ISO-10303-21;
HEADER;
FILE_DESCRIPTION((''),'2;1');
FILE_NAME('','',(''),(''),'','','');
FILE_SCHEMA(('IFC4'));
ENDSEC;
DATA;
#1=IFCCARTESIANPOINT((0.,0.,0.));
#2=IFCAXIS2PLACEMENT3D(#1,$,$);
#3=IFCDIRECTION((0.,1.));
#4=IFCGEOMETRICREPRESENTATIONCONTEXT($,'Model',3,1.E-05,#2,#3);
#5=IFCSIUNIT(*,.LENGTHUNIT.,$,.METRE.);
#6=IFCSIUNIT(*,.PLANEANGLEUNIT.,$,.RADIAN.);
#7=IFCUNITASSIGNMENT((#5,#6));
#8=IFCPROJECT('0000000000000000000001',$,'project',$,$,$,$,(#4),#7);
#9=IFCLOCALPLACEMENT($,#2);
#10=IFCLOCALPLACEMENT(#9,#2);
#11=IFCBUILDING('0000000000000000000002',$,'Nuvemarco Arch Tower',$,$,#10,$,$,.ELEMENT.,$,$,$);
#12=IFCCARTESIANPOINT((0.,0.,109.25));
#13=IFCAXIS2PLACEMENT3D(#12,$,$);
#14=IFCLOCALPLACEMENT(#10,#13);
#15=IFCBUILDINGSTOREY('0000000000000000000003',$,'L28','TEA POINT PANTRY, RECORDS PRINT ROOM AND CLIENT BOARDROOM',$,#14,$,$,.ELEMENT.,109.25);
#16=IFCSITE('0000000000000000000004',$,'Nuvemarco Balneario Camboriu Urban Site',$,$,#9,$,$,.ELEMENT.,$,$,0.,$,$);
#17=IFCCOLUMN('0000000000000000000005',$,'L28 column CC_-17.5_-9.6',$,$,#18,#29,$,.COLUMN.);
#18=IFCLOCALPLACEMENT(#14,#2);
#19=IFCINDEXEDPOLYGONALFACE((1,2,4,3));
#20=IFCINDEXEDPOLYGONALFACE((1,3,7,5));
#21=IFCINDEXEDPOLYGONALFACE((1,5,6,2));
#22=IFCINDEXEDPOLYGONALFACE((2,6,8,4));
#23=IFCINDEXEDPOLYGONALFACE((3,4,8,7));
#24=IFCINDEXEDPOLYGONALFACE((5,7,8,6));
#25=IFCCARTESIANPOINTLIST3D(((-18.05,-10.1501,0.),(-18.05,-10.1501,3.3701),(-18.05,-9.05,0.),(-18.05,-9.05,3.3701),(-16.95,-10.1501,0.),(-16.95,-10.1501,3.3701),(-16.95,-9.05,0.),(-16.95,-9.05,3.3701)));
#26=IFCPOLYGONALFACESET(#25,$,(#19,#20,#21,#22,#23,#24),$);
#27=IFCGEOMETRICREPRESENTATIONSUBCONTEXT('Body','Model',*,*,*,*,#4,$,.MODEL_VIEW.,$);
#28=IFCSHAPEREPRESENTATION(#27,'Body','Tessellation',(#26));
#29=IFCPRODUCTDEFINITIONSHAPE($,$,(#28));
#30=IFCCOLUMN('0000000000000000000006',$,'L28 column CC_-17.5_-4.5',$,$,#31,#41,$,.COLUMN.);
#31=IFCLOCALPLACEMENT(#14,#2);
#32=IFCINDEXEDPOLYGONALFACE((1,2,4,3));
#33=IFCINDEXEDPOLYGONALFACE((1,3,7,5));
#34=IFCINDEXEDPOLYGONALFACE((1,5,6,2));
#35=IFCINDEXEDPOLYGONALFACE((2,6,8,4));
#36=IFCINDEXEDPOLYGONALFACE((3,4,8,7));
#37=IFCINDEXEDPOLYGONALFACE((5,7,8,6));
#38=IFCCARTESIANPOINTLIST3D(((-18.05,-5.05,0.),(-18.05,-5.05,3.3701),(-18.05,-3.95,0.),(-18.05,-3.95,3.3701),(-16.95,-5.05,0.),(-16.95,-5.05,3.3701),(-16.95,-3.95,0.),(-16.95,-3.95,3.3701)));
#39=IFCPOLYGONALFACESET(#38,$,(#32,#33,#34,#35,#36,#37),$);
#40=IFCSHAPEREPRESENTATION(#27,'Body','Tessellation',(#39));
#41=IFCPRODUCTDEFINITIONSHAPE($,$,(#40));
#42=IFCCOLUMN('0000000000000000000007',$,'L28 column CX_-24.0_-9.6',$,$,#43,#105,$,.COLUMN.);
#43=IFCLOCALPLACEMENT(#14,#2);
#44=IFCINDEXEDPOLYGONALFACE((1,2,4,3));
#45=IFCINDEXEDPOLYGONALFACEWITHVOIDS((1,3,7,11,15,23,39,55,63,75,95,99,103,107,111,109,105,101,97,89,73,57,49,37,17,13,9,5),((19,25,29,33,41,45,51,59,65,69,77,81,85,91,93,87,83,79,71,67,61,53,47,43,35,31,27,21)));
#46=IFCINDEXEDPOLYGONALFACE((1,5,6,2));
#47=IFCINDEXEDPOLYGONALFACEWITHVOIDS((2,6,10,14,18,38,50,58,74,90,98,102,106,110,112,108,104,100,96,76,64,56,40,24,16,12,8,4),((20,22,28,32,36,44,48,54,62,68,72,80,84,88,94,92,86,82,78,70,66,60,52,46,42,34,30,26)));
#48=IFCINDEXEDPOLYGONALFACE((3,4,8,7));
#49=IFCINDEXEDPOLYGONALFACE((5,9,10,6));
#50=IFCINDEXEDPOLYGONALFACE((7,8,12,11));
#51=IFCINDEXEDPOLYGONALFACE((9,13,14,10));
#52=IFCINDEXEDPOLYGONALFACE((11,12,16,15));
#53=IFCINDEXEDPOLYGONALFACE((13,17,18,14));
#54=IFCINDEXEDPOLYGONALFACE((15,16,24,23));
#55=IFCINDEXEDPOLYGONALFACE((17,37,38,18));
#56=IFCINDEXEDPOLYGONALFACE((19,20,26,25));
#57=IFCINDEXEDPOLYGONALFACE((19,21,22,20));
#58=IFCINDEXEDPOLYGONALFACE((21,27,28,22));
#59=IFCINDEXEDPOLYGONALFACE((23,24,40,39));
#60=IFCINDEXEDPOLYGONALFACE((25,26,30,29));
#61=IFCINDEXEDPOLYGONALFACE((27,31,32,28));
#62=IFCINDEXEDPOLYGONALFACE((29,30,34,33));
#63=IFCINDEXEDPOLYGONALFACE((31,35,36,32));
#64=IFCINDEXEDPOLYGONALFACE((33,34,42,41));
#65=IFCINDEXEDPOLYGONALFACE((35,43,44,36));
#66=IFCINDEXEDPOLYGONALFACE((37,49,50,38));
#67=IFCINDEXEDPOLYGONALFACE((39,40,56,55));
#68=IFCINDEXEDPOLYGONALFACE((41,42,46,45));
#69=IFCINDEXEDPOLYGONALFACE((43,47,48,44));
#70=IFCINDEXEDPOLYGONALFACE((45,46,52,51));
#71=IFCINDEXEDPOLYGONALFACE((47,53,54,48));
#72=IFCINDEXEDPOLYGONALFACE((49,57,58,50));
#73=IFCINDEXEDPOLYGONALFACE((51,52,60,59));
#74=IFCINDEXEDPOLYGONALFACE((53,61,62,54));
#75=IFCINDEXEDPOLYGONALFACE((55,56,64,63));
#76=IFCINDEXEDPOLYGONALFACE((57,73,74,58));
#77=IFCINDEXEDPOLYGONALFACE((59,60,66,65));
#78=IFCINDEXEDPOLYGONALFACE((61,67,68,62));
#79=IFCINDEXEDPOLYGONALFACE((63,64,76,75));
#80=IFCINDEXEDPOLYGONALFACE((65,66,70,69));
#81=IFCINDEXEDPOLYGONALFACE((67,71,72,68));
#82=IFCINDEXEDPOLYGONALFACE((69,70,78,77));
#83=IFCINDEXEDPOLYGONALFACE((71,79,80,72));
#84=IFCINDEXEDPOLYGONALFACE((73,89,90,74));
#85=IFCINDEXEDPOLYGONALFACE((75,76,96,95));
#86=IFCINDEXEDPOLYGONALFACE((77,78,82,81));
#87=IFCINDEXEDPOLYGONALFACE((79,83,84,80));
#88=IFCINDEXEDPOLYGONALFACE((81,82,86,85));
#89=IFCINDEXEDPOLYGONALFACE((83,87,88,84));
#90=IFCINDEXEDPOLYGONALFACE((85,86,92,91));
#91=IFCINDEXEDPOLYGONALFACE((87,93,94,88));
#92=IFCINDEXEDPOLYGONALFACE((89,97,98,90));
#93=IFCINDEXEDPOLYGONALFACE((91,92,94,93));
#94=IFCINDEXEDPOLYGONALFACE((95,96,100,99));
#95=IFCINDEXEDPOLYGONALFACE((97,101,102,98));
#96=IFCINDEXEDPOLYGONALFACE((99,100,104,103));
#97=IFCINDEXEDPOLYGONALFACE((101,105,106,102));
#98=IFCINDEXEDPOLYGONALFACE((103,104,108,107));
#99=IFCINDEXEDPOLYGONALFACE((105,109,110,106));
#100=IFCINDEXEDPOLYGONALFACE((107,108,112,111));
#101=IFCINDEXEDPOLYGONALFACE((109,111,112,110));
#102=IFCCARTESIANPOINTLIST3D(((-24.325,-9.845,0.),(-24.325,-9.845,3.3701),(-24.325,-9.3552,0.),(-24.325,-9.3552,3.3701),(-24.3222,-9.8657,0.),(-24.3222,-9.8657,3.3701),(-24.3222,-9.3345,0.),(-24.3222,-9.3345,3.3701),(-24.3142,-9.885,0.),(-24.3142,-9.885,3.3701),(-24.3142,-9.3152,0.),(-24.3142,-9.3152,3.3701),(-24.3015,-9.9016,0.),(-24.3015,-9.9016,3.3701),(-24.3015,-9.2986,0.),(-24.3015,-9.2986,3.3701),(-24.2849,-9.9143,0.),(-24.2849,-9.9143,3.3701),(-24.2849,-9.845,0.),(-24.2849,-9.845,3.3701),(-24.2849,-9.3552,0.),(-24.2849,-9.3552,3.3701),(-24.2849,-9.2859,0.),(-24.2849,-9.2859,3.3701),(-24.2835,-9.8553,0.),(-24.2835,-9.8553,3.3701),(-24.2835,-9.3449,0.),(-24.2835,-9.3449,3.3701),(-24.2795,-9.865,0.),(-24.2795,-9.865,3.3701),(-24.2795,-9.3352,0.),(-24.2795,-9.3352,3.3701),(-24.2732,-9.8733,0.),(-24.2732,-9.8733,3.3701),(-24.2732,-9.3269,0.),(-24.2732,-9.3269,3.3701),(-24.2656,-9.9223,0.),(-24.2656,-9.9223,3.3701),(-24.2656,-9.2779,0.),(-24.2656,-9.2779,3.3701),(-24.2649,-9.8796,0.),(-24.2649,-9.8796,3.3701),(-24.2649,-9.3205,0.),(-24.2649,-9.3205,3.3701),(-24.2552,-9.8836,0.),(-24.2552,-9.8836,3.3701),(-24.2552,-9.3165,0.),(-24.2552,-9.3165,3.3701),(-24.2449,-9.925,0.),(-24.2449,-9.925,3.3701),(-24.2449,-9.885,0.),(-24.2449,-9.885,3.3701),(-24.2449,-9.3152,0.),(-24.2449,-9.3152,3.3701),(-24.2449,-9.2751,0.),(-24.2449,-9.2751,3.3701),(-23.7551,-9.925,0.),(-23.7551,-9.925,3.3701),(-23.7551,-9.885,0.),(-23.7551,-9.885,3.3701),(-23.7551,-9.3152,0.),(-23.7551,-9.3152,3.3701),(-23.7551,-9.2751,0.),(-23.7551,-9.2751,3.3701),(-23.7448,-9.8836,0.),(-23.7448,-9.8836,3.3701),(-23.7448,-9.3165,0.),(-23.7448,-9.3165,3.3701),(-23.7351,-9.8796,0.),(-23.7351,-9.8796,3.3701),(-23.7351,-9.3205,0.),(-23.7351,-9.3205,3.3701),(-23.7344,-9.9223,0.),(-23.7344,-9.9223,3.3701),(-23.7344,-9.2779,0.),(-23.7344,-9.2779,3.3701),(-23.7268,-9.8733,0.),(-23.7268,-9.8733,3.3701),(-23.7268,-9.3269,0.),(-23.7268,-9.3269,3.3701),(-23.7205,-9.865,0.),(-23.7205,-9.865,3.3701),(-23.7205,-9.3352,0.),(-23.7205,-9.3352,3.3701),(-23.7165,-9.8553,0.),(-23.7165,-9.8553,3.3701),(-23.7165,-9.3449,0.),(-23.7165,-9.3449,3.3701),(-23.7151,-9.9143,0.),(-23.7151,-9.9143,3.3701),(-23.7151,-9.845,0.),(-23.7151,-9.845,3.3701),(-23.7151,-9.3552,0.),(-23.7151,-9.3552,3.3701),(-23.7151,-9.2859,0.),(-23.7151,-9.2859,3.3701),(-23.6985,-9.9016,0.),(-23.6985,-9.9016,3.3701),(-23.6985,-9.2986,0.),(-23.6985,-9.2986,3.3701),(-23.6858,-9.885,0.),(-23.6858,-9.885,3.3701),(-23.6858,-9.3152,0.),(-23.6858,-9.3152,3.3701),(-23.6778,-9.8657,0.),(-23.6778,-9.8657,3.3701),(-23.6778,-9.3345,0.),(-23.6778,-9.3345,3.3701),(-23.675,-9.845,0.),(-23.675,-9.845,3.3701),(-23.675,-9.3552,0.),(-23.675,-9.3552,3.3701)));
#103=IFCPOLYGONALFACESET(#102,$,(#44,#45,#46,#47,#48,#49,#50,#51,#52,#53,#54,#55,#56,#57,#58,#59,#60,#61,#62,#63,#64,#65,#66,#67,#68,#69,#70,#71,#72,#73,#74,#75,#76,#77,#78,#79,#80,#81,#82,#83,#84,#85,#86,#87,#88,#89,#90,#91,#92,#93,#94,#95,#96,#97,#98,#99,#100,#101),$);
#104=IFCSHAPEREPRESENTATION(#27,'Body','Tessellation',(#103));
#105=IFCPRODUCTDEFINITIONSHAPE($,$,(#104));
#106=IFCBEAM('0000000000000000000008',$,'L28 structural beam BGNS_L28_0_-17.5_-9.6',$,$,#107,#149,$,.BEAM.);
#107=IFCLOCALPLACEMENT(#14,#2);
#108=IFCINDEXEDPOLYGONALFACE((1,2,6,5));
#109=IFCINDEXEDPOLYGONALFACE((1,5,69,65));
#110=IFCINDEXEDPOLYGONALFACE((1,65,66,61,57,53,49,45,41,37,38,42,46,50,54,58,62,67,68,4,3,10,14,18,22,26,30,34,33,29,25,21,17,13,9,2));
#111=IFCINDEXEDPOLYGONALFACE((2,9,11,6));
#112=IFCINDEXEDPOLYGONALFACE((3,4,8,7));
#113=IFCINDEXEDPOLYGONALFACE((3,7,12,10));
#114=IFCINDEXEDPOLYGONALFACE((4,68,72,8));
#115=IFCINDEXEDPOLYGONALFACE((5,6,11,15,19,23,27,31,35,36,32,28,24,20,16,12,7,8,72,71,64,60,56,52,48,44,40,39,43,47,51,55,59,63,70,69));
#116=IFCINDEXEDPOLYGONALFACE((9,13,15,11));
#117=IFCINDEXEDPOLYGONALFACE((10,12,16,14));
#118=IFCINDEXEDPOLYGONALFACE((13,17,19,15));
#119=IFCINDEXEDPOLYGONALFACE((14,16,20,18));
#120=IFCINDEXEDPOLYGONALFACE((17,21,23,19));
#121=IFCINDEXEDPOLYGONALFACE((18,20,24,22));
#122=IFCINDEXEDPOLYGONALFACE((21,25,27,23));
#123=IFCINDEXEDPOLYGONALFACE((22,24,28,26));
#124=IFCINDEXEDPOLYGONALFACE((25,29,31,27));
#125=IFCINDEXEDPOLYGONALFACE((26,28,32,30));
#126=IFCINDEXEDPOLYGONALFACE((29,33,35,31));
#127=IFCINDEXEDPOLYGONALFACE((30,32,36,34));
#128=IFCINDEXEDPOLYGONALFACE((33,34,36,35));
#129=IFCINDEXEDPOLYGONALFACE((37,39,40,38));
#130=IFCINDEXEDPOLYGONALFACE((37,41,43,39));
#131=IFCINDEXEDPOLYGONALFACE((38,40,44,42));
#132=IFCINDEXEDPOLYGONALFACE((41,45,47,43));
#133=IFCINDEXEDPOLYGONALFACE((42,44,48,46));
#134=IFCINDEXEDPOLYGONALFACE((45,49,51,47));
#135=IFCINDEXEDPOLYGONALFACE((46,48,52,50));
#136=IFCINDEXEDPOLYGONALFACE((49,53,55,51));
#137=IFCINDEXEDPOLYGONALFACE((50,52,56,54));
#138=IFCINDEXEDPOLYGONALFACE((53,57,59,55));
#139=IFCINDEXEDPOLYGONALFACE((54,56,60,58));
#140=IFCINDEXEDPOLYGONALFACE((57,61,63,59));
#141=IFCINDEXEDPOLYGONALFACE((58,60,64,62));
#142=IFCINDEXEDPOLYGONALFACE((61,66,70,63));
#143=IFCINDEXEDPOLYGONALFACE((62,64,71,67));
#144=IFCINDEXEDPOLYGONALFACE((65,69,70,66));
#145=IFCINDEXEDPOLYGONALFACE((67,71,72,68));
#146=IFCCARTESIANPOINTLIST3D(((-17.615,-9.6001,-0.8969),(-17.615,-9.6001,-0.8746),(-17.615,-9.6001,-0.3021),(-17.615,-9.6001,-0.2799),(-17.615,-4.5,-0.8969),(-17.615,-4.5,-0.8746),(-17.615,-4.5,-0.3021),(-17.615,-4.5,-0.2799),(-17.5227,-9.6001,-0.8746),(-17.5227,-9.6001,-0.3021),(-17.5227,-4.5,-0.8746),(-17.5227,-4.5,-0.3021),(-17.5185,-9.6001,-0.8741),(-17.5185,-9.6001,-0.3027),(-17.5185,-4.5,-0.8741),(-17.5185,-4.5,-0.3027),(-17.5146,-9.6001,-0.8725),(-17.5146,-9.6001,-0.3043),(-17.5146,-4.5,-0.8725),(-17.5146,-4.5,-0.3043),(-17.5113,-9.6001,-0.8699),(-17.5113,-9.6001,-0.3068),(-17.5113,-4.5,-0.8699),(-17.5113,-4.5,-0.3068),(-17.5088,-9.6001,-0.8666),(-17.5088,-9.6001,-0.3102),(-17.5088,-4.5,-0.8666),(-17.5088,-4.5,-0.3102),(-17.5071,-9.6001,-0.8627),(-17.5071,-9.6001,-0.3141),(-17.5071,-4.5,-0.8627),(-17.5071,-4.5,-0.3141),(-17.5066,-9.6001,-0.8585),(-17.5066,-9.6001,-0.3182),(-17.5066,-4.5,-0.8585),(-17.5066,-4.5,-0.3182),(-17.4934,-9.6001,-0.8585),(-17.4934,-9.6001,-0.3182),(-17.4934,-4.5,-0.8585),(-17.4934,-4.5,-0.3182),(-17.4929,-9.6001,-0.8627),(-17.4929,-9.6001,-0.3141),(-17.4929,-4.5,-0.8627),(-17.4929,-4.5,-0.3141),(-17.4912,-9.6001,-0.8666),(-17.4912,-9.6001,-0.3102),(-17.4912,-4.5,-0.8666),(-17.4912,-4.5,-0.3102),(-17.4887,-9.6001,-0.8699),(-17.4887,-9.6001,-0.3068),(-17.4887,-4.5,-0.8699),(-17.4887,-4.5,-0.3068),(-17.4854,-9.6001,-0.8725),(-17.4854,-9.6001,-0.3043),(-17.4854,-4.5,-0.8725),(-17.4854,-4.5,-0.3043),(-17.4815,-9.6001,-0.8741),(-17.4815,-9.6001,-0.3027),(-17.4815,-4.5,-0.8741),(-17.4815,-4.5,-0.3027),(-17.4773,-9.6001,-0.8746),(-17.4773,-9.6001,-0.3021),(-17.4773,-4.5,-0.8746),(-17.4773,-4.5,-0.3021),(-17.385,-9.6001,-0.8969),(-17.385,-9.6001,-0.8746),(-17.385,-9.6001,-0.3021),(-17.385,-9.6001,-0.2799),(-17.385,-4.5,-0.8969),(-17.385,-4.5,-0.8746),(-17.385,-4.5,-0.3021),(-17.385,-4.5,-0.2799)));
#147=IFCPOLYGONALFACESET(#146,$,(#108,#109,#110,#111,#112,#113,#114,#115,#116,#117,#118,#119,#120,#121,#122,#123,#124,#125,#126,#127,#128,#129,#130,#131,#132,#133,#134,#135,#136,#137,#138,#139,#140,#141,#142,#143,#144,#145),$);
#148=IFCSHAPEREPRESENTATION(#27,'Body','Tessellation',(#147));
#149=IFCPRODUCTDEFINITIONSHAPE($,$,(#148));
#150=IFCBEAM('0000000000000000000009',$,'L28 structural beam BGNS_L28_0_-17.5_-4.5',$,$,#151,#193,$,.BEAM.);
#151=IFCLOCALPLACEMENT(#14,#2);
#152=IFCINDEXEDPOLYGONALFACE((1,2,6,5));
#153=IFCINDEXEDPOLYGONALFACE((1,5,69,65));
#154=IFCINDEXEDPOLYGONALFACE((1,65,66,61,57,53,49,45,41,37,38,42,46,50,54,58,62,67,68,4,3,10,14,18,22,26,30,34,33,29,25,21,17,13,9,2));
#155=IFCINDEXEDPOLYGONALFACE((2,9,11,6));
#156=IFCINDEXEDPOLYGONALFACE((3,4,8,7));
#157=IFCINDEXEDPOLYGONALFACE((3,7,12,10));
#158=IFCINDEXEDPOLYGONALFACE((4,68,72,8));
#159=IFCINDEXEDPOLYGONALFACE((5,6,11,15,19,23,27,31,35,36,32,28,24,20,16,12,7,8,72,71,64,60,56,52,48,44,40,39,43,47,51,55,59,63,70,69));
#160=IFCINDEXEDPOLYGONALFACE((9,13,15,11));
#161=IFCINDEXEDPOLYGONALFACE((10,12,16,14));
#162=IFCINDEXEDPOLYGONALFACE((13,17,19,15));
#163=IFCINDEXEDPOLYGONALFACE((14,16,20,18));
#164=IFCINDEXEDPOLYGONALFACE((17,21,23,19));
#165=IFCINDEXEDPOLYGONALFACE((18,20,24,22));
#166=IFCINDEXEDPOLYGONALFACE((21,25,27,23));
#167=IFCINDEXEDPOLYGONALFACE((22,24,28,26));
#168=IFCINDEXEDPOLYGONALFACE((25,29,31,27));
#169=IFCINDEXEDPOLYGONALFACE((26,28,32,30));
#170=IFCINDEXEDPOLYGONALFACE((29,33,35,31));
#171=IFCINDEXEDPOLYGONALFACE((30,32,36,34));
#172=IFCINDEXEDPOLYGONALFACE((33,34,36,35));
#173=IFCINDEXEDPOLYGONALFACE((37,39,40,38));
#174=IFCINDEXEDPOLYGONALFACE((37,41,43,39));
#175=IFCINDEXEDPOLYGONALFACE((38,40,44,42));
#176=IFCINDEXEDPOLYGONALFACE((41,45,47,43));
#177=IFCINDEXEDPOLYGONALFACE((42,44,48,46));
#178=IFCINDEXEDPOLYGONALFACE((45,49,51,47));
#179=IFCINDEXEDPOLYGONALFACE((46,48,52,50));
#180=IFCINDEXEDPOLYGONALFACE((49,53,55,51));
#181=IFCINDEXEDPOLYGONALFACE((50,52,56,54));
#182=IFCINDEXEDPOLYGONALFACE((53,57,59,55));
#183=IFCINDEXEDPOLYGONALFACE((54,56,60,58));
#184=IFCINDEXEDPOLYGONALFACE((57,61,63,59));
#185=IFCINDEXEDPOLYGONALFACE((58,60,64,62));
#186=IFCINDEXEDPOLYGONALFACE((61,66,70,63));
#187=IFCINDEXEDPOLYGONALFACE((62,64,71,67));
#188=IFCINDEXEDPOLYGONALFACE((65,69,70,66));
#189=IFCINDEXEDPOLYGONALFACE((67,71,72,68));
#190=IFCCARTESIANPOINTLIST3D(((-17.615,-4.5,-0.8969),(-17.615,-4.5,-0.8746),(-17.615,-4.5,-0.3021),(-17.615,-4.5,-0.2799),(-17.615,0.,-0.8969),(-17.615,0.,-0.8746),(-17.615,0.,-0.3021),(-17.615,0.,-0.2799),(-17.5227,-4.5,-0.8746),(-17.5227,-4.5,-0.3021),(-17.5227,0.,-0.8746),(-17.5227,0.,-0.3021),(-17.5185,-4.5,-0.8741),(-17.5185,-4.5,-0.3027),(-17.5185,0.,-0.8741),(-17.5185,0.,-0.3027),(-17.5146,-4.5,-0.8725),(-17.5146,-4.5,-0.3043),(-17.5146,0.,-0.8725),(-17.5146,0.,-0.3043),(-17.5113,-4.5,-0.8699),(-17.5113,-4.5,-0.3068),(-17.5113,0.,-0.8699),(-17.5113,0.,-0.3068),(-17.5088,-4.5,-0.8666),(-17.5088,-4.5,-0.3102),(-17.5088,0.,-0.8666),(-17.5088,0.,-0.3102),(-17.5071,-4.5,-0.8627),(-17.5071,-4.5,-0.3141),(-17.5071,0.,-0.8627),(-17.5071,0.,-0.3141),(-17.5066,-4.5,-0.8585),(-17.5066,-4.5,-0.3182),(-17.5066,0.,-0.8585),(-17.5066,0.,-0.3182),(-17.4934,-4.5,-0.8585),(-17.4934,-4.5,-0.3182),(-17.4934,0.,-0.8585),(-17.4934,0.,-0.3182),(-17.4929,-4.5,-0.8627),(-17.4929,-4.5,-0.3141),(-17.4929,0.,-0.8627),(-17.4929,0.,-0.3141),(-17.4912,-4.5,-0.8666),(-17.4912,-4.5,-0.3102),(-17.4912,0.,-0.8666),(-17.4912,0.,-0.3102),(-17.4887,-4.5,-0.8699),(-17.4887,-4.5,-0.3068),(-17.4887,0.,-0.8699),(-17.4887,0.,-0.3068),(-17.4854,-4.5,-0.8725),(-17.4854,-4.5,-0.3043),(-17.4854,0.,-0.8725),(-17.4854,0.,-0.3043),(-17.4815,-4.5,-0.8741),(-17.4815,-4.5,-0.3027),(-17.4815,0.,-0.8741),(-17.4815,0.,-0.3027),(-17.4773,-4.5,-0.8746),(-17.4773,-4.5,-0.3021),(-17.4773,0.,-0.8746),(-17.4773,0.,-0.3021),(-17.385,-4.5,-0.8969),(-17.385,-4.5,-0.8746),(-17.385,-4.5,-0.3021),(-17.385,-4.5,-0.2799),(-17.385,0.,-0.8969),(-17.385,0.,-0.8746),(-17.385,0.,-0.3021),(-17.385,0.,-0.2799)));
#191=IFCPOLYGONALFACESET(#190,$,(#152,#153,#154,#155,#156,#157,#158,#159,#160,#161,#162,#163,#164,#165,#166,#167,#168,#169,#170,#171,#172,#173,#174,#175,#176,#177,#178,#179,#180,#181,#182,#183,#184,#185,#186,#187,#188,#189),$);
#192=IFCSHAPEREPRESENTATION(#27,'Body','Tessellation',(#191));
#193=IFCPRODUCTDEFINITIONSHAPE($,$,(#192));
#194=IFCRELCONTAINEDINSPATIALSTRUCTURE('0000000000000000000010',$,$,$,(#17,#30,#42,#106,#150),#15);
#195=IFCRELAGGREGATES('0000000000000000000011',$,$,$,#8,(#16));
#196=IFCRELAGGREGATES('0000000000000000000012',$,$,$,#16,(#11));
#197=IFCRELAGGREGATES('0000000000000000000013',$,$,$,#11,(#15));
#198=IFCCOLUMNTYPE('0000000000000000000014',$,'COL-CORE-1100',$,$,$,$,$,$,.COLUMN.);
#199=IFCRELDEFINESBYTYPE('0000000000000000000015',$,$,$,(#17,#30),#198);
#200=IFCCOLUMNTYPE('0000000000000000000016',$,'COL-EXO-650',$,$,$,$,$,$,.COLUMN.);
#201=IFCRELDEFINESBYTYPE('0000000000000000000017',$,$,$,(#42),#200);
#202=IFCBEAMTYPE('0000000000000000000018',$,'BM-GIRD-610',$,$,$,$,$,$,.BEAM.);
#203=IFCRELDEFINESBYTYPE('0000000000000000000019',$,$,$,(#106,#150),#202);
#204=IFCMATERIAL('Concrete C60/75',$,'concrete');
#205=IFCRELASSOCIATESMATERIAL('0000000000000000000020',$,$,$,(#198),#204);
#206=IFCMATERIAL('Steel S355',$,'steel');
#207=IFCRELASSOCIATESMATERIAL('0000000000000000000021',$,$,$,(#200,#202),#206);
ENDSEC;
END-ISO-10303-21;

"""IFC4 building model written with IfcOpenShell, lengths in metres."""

from ifc_helpers import new_model, si_unit, direction, frame, origin, origin_2d, place, context, subcontext, project, spatial, rectangle, hollow_rectangle, i_section, extrude, material, material_profile, profile_set, type_object, element, save


model = new_model("IFC4")

# Units and contexts
model_context = context("Model", 3, precision=1e-05, world=origin(), true_north=direction((0.0, 1.0)))
body_context = subcontext(model_context, "Body", "Model", "MODEL_VIEW")
ifc_project = project(units=[si_unit("LENGTHUNIT", "METRE"), si_unit("PLANEANGLEUNIT", "RADIAN")], contexts=[model_context])

# Site, building, storey
site_placement = place(None, origin())
site = spatial("IfcSite", under=ifc_project, at=site_placement, Name="Nuvemarco Balneario Camboriu Urban Site", CompositionType="ELEMENT", RefElevation=0.0)
building_placement = place(site_placement, origin())
building = spatial("IfcBuilding", under=site, at=building_placement, Name="Nuvemarco Arch Tower", CompositionType="ELEMENT")
storey_placement = place(building_placement, frame((0.0, 0.0, 109.25)))
storey = spatial("IfcBuildingStorey", under=building, at=storey_placement, Name="L28", Description="TEA POINT PANTRY, RECORDS PRINT ROOM AND CLIENT BOARDROOM", CompositionType="ELEMENT", Elevation=109.25)

# Columns
ifc_material_1 = material(Name="Concrete C60/75", Category="concrete")
ifc_material_profile_1 = material_profile(ifc_material_1, rectangle(XDim=1.1001, YDim=1.1001, at=origin_2d()), Name="RC-COL-1100x1100")
ifc_profile_set_1 = profile_set([ifc_material_profile_1], Name="Concrete C60/75")
column_type_1 = type_object("IfcColumnType", Name="COL-CORE-1100", PredefinedType="COLUMN", material=ifc_profile_set_1)
for number, where, z_axis, x_axis, name in (
    (1, (-17.5, -9.6001, 0.0), (0.0, 0.0, 1.0), (1.0, 0.0, 0.0), "L28 column CC_-17.5_-9.6"),
    (2, (-17.5, -4.5, 0.0), (0.0, 0.0, 1.0), (1.0, 0.0, 0.0), "L28 column CC_-17.5_-4.5"),
):
    element("IfcColumn", number, at=place(storey_placement, frame(where, z_axis=z_axis, x_axis=x_axis)), inside=storey, type_object=column_type_1, Name=name, PredefinedType="COLUMN", context=body_context, shape_type="SweptSolid", body=[
        extrude(rectangle(XDim=1.1001, YDim=1.1001, at=origin_2d()), origin(), (0.0, 0.0, 1.0), 3.3701),
    ])
ifc_material_2 = material(Name="Steel S355", Category="steel")
ifc_material_profile_2 = material_profile(ifc_material_2, hollow_rectangle(XDim=0.6499, YDim=0.6499, WallThickness=0.04, InnerFilletRadius=0.04, OuterFilletRadius=0.0801, at=origin_2d()), Name="SHS650x650x40")
ifc_profile_set_2 = profile_set([ifc_material_profile_2], Name="Steel S355")
column_type_2 = type_object("IfcColumnType", Name="COL-EXO-650", PredefinedType="COLUMN", material=ifc_profile_set_2)
column_placement = place(storey_placement, frame((-24.0, -9.6001, 0.0), z_axis=(0.0, 0.0, 1.0), x_axis=(1.0, 0.0, 0.0)))
element("IfcColumn", 3, at=column_placement, inside=storey, type_object=column_type_2, Name="L28 column CX_-24.0_-9.6", PredefinedType="COLUMN", context=body_context, shape_type="SweptSolid", body=[
    extrude(hollow_rectangle(XDim=0.6499, YDim=0.6499, WallThickness=0.04, InnerFilletRadius=0.04, OuterFilletRadius=0.0801, at=origin_2d()), origin(), (0.0, 0.0, 1.0), 3.3701),
])

# Beams
ifc_material_profile_3 = material_profile(ifc_material_2, i_section(OverallWidth=0.23, OverallDepth=0.6169, WebThickness=0.0132, FlangeThickness=0.0222, FilletRadius=0.0161, at=origin_2d()), Name="W610x140")
ifc_profile_set_3 = profile_set([ifc_material_profile_3], Name="Steel S355")
beam_type_1 = type_object("IfcBeamType", Name="BM-GIRD-610", PredefinedType="BEAM", material=ifc_profile_set_3)
beam_1_placement = place(storey_placement, frame((-17.5, -9.6001, -0.5884), z_axis=(0.0, 1.0, 0.0), x_axis=(-1.0, 0.0, 0.0)))
element("IfcBeam", 4, at=beam_1_placement, inside=storey, type_object=beam_type_1, Name="L28 structural beam BGNS_L28_0_-17.5_-9.6", PredefinedType="BEAM", context=body_context, shape_type="SweptSolid", body=[
    extrude(i_section(OverallWidth=0.23, OverallDepth=0.6169, WebThickness=0.0132, FlangeThickness=0.0222, FilletRadius=0.0161, at=origin_2d()), origin(), (0.0, 0.0, 1.0), 5.1001),
])
beam_2_placement = place(storey_placement, frame((-17.5, -4.5, -0.5884), z_axis=(0.0, 1.0, 0.0), x_axis=(-1.0, 0.0, 0.0)))
element("IfcBeam", 5, at=beam_2_placement, inside=storey, type_object=beam_type_1, Name="L28 structural beam BGNS_L28_0_-17.5_-4.5", PredefinedType="BEAM", context=body_context, shape_type="SweptSolid", body=[
    extrude(i_section(OverallWidth=0.23, OverallDepth=0.6169, WebThickness=0.0132, FlangeThickness=0.0222, FilletRadius=0.0161, at=origin_2d()), origin(), (0.0, 0.0, 1.0), 4.5),
])

save(model, "model.ifc")
